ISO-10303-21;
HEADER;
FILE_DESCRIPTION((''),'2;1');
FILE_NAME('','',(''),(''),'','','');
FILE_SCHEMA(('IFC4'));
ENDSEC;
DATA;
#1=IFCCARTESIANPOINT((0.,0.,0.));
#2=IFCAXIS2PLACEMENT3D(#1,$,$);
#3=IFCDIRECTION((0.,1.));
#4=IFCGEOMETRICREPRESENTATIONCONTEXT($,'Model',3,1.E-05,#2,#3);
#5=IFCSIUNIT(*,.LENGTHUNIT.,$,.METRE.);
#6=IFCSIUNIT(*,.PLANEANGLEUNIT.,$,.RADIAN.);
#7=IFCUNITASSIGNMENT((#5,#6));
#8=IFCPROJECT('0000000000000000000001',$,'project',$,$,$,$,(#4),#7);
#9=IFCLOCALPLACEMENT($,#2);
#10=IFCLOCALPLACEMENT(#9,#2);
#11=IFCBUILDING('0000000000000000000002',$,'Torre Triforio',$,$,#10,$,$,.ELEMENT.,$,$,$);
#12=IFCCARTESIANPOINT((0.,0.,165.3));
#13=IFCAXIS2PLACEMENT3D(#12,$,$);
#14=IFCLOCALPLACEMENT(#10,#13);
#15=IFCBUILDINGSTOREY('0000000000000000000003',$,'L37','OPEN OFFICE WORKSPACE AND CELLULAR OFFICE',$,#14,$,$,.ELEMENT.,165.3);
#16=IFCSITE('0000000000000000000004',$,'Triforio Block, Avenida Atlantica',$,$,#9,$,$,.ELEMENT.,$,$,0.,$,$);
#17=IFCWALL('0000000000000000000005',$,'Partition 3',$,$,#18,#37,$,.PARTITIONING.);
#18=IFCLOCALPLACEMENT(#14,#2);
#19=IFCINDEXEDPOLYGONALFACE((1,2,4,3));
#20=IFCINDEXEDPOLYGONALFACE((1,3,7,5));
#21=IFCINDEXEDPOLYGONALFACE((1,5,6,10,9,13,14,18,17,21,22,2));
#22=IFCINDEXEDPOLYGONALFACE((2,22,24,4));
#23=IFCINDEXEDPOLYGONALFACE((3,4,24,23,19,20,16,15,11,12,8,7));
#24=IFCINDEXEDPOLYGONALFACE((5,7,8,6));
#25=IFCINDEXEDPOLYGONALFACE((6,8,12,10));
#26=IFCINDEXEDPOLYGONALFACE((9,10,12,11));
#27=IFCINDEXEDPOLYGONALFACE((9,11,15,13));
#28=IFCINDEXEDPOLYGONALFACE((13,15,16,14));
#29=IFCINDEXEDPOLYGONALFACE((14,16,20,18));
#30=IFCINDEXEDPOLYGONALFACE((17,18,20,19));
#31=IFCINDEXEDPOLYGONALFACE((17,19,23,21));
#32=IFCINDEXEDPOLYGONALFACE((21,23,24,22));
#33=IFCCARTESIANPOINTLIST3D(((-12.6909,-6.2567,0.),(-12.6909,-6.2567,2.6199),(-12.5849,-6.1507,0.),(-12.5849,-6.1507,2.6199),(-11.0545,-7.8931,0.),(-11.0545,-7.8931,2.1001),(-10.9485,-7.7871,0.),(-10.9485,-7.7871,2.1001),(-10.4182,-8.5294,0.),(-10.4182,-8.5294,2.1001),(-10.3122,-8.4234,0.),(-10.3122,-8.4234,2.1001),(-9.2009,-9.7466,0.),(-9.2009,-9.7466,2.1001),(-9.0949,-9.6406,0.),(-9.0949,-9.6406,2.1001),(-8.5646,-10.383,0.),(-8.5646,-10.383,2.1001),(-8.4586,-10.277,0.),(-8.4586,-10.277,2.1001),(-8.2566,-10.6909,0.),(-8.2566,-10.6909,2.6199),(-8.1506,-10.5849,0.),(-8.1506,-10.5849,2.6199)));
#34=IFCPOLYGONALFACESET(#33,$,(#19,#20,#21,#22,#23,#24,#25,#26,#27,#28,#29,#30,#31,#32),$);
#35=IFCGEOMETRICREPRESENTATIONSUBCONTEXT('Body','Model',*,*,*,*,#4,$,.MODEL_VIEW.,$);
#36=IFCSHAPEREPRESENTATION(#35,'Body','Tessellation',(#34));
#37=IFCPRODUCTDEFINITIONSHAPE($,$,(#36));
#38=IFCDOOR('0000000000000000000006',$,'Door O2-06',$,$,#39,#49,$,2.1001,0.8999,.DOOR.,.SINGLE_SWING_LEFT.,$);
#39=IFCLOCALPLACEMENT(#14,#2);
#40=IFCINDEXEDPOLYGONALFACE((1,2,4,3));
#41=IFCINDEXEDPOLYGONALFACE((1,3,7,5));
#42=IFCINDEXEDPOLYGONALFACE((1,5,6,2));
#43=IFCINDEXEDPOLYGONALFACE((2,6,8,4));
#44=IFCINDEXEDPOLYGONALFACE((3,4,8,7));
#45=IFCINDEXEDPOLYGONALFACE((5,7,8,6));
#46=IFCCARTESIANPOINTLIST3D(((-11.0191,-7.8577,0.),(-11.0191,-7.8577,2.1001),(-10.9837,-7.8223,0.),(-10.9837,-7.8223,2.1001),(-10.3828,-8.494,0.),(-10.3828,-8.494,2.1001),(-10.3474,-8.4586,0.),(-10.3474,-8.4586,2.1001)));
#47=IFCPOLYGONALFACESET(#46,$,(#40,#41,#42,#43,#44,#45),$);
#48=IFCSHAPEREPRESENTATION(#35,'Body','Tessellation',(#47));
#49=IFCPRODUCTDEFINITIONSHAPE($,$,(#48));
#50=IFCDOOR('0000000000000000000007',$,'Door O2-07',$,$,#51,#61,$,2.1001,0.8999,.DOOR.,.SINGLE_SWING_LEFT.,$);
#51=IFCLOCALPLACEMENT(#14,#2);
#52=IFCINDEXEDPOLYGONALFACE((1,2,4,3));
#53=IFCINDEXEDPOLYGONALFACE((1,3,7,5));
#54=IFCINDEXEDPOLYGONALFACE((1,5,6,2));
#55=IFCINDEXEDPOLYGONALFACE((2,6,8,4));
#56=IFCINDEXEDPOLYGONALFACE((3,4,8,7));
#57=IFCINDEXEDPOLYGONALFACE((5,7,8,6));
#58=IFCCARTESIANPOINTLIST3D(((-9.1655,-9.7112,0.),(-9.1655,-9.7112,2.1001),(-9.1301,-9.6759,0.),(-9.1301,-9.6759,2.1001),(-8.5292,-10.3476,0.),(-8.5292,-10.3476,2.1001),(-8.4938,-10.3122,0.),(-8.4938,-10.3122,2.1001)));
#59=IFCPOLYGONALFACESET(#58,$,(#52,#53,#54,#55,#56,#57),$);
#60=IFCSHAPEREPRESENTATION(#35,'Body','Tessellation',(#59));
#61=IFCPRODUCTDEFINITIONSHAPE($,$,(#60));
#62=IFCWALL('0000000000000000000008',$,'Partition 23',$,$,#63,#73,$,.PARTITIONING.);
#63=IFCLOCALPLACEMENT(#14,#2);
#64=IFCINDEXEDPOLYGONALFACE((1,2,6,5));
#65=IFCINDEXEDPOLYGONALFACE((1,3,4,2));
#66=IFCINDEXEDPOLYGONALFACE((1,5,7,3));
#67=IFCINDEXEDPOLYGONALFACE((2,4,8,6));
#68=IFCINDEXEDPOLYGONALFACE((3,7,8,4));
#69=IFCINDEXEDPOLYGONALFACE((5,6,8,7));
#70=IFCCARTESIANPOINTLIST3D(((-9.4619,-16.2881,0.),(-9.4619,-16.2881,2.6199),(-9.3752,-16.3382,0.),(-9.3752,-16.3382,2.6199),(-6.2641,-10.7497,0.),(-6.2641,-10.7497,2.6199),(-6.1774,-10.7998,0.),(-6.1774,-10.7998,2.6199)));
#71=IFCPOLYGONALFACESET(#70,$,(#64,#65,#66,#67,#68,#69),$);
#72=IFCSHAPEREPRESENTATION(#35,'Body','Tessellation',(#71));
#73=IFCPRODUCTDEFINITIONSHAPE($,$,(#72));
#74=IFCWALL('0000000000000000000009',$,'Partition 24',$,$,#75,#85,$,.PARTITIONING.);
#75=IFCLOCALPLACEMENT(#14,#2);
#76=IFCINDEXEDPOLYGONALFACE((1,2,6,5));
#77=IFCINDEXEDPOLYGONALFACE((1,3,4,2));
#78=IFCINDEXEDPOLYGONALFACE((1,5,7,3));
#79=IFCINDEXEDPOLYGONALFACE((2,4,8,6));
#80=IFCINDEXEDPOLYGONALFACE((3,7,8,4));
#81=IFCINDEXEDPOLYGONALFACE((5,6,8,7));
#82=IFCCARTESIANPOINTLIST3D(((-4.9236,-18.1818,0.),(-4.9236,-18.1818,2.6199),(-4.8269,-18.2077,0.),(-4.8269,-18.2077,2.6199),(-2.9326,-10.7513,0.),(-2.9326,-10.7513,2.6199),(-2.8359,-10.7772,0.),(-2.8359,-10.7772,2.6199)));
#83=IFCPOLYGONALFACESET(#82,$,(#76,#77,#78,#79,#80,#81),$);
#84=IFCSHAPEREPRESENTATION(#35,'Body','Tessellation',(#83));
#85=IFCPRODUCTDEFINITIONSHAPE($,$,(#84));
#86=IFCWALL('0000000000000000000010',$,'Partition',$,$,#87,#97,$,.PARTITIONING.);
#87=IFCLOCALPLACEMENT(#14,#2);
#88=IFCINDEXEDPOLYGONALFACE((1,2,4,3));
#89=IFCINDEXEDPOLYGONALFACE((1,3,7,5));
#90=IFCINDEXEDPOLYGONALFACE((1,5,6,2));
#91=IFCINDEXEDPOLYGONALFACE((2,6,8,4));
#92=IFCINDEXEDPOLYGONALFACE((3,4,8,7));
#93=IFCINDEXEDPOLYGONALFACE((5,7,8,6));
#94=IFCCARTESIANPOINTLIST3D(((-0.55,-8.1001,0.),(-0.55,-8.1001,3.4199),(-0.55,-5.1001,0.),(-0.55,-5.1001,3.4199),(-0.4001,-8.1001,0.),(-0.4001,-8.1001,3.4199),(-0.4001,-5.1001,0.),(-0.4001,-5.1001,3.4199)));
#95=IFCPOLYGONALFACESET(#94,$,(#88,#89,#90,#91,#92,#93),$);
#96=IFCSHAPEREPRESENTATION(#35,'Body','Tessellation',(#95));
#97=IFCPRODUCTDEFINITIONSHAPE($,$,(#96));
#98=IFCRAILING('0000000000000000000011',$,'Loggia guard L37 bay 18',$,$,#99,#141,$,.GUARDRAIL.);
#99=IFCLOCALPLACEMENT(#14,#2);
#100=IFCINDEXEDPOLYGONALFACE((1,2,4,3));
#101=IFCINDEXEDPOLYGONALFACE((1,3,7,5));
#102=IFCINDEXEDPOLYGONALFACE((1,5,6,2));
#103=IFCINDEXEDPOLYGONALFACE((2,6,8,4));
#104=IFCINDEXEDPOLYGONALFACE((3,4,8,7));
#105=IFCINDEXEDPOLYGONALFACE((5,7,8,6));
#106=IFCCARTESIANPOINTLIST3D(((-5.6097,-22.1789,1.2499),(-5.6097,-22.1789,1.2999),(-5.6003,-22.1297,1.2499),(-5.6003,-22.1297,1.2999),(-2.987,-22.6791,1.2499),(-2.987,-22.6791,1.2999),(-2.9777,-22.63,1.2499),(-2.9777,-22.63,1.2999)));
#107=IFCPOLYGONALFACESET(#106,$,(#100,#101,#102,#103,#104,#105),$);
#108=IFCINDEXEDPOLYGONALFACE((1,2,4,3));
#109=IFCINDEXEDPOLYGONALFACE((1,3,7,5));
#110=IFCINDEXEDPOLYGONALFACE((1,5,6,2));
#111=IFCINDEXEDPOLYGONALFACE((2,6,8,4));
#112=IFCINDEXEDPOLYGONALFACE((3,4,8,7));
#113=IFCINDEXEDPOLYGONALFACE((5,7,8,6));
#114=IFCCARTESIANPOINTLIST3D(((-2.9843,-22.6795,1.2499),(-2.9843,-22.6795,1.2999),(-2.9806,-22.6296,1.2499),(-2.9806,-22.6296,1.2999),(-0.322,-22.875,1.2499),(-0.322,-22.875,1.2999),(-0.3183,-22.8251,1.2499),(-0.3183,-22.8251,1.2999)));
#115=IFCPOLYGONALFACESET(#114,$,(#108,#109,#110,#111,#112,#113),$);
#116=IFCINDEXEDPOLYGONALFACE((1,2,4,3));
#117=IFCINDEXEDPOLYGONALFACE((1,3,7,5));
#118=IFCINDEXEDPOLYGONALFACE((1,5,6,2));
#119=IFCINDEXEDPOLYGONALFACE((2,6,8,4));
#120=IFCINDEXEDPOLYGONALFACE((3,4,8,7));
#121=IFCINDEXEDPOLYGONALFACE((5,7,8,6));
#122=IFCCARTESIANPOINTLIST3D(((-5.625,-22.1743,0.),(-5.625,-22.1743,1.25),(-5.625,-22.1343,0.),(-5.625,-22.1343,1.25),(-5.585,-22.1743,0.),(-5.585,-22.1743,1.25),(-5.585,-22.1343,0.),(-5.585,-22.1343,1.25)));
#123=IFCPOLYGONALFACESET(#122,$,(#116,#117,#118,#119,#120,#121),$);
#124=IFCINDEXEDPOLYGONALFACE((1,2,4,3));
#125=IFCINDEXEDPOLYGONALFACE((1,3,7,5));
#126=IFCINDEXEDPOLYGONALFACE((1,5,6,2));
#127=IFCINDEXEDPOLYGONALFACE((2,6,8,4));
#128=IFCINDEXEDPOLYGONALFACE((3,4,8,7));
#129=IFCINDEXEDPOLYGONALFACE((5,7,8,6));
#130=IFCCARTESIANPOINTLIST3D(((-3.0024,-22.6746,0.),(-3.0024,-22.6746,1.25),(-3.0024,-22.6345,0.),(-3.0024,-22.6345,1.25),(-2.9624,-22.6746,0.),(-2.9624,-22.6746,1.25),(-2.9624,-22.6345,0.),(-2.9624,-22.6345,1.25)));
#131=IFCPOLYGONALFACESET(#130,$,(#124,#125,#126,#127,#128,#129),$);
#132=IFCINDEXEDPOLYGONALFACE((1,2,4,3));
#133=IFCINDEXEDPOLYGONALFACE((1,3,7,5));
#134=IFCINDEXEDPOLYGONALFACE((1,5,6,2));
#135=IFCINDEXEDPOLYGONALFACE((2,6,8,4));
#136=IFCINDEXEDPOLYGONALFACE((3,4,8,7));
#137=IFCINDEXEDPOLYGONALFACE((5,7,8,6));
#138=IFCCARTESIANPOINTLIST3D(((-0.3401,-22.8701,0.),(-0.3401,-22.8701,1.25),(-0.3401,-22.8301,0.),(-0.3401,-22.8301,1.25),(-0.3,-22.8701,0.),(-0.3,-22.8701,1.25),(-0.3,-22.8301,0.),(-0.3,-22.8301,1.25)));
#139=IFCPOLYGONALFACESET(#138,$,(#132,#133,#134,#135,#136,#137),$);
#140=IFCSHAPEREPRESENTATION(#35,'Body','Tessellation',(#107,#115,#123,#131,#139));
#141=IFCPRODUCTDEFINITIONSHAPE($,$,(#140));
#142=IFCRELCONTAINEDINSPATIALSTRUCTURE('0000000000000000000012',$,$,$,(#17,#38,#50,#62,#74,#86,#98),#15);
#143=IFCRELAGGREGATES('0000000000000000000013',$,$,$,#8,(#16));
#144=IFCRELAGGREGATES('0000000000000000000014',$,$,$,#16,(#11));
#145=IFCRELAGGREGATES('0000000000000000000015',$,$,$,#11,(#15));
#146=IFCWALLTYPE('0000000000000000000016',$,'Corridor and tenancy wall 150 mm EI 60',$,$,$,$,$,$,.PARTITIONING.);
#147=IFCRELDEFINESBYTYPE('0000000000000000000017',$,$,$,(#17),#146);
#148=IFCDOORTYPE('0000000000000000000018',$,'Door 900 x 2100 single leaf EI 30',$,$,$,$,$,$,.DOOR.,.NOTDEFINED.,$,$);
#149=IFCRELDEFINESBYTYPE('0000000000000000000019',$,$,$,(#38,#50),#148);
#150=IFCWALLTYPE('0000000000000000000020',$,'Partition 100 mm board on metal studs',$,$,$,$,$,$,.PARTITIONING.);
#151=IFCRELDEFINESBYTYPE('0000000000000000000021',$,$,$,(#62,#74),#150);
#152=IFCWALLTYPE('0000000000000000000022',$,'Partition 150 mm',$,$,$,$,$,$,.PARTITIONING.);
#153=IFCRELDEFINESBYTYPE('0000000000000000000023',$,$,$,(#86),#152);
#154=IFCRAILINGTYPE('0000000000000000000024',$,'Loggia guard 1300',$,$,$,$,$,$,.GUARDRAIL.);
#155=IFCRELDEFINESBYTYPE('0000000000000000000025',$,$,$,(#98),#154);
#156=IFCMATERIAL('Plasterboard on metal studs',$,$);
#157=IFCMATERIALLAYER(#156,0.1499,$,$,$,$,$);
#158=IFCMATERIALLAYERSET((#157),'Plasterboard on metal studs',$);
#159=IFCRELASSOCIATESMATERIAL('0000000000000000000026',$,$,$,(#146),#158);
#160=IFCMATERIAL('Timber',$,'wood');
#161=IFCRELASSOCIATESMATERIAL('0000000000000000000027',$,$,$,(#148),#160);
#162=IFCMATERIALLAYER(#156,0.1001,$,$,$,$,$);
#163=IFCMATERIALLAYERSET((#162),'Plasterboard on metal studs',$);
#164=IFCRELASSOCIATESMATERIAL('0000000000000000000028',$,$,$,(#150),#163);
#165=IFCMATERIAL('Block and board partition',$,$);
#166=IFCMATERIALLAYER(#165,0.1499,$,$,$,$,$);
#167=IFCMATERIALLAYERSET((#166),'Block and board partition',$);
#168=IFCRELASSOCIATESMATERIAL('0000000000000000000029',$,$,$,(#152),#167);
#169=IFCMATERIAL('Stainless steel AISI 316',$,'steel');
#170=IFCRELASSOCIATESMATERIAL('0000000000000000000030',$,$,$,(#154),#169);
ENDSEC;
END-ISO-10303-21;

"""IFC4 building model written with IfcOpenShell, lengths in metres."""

from ifc_helpers import new_model, si_unit, direction, frame, frame_2d, origin, origin_2d, place, context, subcontext, project, spatial, rectangle, extrude, material, layer, layer_set, type_object, element, fill, save


model = new_model("IFC4")

# Units and contexts
model_context = context("Model", 3, precision=1e-05, world=origin(), true_north=direction((0.0, 1.0)))
body_context = subcontext(model_context, "Body", "Model", "MODEL_VIEW")
ifc_project = project(units=[si_unit("LENGTHUNIT", "METRE"), si_unit("PLANEANGLEUNIT", "RADIAN")], contexts=[model_context])

# Site, building, storey
site_placement = place(None, origin())
site = spatial("IfcSite", under=ifc_project, at=site_placement, Name="Triforio Block, Avenida Atlantica", CompositionType="ELEMENT", RefElevation=0.0)
building_placement = place(site_placement, origin())
building = spatial("IfcBuilding", under=site, at=building_placement, Name="Torre Triforio", CompositionType="ELEMENT")
storey_placement = place(building_placement, frame((0.0, 0.0, 165.3)))
storey = spatial("IfcBuildingStorey", under=building, at=storey_placement, Name="L37", Description="OPEN OFFICE WORKSPACE AND CELLULAR OFFICE", CompositionType="ELEMENT", Elevation=165.3)

# Wall, openings, doors
ifc_material_1 = material(Name="Plasterboard on metal studs")
ifc_layer_1 = layer(ifc_material_1, 0.1499)
ifc_layer_set_1 = layer_set([ifc_layer_1], Name="Plasterboard on metal studs")
wall_type_1 = type_object("IfcWallType", Name="Corridor and tenancy wall 150 mm EI 60", PredefinedType="PARTITIONING", material=ifc_layer_set_1)
wall_1_placement = place(storey_placement, frame((-8.2036, -10.6379, 0.0), z_axis=(0.0, 0.0, 1.0), x_axis=(-0.707107, 0.707107, 0.0)))
wall_1 = element("IfcWall", 1, at=wall_1_placement, inside=storey, type_object=wall_type_1, Name="Partition 3", PredefinedType="PARTITIONING", context=body_context, shape_type="SweptSolid", body=[
    extrude(rectangle(XDim=6.271, YDim=0.1499, at=frame_2d((3.1355, 0.0))), origin(), (0.0, 0.0, 1.0), 2.6199),
])
opening_1_placement = place(wall_1_placement, frame((3.0569, 0.0, 0.0)))
opening_1 = element("IfcOpeningElement", 2, at=opening_1_placement, cuts=wall_1, PredefinedType="OPENING", context=body_context, shape_type="SweptSolid", body=[
    extrude(rectangle(XDim=0.8999, YDim=2.1001, at=frame_2d((0.45, 1.05))), frame((0.0, 0.085, 0.0), z_axis=(0.0, -1.0, 0.0), x_axis=(1.0, 0.0, 0.0)), (0.0, 0.0, 1.0), 0.1699),
])
opening_2_placement = place(wall_1_placement, frame((0.4355, 0.0, 0.0)))
opening_2 = element("IfcOpeningElement", 3, at=opening_2_placement, cuts=wall_1, PredefinedType="OPENING", context=body_context, shape_type="SweptSolid", body=[
    extrude(rectangle(XDim=0.8999, YDim=2.1001, at=frame_2d((0.45, 1.05))), frame((0.0, 0.085, 0.0), z_axis=(0.0, -1.0, 0.0), x_axis=(1.0, 0.0, 0.0)), (0.0, 0.0, 1.0), 0.1699),
])
ifc_material_2 = material(Name="Timber", Category="wood")
door_type_1 = type_object("IfcDoorType", Name="Door 900 x 2100 single leaf EI 30", OperationType="NOTDEFINED", PredefinedType="DOOR", material=ifc_material_2)
door_1_placement = place(opening_1_placement, origin())
door_1 = element("IfcDoor", 4, at=door_1_placement, inside=storey, type_object=door_type_1, Name="Door O2-06", OperationType="SINGLE_SWING_LEFT", OverallHeight=2.1001, OverallWidth=0.8999, PredefinedType="DOOR", context=body_context, shape_type="SweptSolid", body=[
    extrude(rectangle(XDim=0.8999, YDim=2.1001, at=frame_2d((0.45, 1.05))), frame((0.0, 0.0249, 0.0), z_axis=(0.0, -1.0, 0.0), x_axis=(1.0, 0.0, 0.0)), (0.0, 0.0, 1.0), 0.05),
])
fill(opening_1, door_1)
door_2_placement = place(opening_2_placement, origin())
door_2 = element("IfcDoor", 5, at=door_2_placement, inside=storey, type_object=door_type_1, Name="Door O2-07", OperationType="SINGLE_SWING_LEFT", OverallHeight=2.1001, OverallWidth=0.8999, PredefinedType="DOOR", context=body_context, shape_type="SweptSolid", body=[
    extrude(rectangle(XDim=0.8999, YDim=2.1001, at=frame_2d((0.45, 1.05))), frame((0.0, 0.0249, 0.0), z_axis=(0.0, -1.0, 0.0), x_axis=(1.0, 0.0, 0.0)), (0.0, 0.0, 1.0), 0.05),
])
fill(opening_2, door_2)

# Walls
ifc_layer_2 = layer(ifc_material_1, 0.1001)
ifc_layer_set_2 = layer_set([ifc_layer_2], Name="Plasterboard on metal studs")
wall_type_2 = type_object("IfcWallType", Name="Partition 100 mm board on metal studs", PredefinedType="PARTITIONING", material=ifc_layer_set_2)
wall_2_placement = place(storey_placement, frame((-6.2207, -10.7747, 0.0), z_axis=(0.0, 0.0, 1.0), x_axis=(-0.500023, -0.866012, 0.0)))
element("IfcWall", 6, at=wall_2_placement, inside=storey, type_object=wall_type_2, Name="Partition 23", PredefinedType="PARTITIONING", context=body_context, shape_type="SweptSolid", body=[
    extrude(rectangle(XDim=6.3953, YDim=0.1001, at=frame_2d((3.1978, 0.0))), origin(), (0.0, 0.0, 1.0), 2.6199),
])
wall_3_placement = place(storey_placement, frame((-2.8843, -10.7644, 0.0), z_axis=(0.0, 0.0, 1.0), x_axis=(-0.258818, -0.965926, 0.0)))
element("IfcWall", 7, at=wall_3_placement, inside=storey, type_object=wall_type_2, Name="Partition 24", PredefinedType="PARTITIONING", context=body_context, shape_type="SweptSolid", body=[
    extrude(rectangle(XDim=7.6926, YDim=0.1001, at=frame_2d((3.8462, 0.0))), origin(), (0.0, 0.0, 1.0), 2.6199),
])
ifc_material_3 = material(Name="Block and board partition")
ifc_layer_3 = layer(ifc_material_3, 0.1499)
ifc_layer_set_3 = layer_set([ifc_layer_3], Name="Block and board partition")
wall_type_3 = type_object("IfcWallType", Name="Partition 150 mm", PredefinedType="PARTITIONING", material=ifc_layer_set_3)
wall_4_placement = place(storey_placement, frame((-0.4751, -8.1001, 0.0), z_axis=(0.0, 0.0, 1.0), x_axis=(0.0, 1.0, 0.0)))
element("IfcWall", 8, at=wall_4_placement, inside=storey, type_object=wall_type_3, Name="Partition", PredefinedType="PARTITIONING", context=body_context, shape_type="SweptSolid", body=[
    extrude(rectangle(XDim=3.0, YDim=0.1499, at=frame_2d((1.5, 0.0))), origin(), (0.0, 0.0, 1.0), 3.4199),
])

# Railing
ifc_material_4 = material(Name="Stainless steel AISI 316", Category="steel")
railing_type = type_object("IfcRailingType", Name="Loggia guard 1300", PredefinedType="GUARDRAIL", material=ifc_material_4)
railing_placement = place(storey_placement, frame((-5.605, -22.1543, 0.0)))
element("IfcRailing", 9, at=railing_placement, inside=storey, type_object=railing_type, Name="Loggia guard L37 bay 18", PredefinedType="GUARDRAIL", context=body_context, shape_type="SweptSolid", body=[
    extrude(rectangle(XDim=0.05, YDim=0.05, at=origin_2d()), frame((0.0, 0.0, 1.2749), z_axis=(0.98229, -0.187368, 0.0), x_axis=(0.187368, 0.98229, 0.0)), (0.0, 0.0, 1.0), 2.6699),
    extrude(rectangle(XDim=0.05, YDim=0.05, at=origin_2d()), frame((2.6226, -0.5002, 1.2749), z_axis=(0.997313, -0.073255, 0.0), x_axis=(0.073255, 0.997313, 0.0)), (0.0, 0.0, 1.0), 2.6694),
    extrude(rectangle(XDim=0.04, YDim=0.04, at=origin_2d()), origin(), (0.0, 0.0, 1.0), 1.25),
    extrude(rectangle(XDim=0.04, YDim=0.04, at=origin_2d()), frame((2.6226, -0.5002, 0.0)), (0.0, 0.0, 1.0), 1.25),
    extrude(rectangle(XDim=0.04, YDim=0.04, at=origin_2d()), frame((5.2849, -0.6958, 0.0)), (0.0, 0.0, 1.0), 1.25),
])

save(model, "model.ifc")
